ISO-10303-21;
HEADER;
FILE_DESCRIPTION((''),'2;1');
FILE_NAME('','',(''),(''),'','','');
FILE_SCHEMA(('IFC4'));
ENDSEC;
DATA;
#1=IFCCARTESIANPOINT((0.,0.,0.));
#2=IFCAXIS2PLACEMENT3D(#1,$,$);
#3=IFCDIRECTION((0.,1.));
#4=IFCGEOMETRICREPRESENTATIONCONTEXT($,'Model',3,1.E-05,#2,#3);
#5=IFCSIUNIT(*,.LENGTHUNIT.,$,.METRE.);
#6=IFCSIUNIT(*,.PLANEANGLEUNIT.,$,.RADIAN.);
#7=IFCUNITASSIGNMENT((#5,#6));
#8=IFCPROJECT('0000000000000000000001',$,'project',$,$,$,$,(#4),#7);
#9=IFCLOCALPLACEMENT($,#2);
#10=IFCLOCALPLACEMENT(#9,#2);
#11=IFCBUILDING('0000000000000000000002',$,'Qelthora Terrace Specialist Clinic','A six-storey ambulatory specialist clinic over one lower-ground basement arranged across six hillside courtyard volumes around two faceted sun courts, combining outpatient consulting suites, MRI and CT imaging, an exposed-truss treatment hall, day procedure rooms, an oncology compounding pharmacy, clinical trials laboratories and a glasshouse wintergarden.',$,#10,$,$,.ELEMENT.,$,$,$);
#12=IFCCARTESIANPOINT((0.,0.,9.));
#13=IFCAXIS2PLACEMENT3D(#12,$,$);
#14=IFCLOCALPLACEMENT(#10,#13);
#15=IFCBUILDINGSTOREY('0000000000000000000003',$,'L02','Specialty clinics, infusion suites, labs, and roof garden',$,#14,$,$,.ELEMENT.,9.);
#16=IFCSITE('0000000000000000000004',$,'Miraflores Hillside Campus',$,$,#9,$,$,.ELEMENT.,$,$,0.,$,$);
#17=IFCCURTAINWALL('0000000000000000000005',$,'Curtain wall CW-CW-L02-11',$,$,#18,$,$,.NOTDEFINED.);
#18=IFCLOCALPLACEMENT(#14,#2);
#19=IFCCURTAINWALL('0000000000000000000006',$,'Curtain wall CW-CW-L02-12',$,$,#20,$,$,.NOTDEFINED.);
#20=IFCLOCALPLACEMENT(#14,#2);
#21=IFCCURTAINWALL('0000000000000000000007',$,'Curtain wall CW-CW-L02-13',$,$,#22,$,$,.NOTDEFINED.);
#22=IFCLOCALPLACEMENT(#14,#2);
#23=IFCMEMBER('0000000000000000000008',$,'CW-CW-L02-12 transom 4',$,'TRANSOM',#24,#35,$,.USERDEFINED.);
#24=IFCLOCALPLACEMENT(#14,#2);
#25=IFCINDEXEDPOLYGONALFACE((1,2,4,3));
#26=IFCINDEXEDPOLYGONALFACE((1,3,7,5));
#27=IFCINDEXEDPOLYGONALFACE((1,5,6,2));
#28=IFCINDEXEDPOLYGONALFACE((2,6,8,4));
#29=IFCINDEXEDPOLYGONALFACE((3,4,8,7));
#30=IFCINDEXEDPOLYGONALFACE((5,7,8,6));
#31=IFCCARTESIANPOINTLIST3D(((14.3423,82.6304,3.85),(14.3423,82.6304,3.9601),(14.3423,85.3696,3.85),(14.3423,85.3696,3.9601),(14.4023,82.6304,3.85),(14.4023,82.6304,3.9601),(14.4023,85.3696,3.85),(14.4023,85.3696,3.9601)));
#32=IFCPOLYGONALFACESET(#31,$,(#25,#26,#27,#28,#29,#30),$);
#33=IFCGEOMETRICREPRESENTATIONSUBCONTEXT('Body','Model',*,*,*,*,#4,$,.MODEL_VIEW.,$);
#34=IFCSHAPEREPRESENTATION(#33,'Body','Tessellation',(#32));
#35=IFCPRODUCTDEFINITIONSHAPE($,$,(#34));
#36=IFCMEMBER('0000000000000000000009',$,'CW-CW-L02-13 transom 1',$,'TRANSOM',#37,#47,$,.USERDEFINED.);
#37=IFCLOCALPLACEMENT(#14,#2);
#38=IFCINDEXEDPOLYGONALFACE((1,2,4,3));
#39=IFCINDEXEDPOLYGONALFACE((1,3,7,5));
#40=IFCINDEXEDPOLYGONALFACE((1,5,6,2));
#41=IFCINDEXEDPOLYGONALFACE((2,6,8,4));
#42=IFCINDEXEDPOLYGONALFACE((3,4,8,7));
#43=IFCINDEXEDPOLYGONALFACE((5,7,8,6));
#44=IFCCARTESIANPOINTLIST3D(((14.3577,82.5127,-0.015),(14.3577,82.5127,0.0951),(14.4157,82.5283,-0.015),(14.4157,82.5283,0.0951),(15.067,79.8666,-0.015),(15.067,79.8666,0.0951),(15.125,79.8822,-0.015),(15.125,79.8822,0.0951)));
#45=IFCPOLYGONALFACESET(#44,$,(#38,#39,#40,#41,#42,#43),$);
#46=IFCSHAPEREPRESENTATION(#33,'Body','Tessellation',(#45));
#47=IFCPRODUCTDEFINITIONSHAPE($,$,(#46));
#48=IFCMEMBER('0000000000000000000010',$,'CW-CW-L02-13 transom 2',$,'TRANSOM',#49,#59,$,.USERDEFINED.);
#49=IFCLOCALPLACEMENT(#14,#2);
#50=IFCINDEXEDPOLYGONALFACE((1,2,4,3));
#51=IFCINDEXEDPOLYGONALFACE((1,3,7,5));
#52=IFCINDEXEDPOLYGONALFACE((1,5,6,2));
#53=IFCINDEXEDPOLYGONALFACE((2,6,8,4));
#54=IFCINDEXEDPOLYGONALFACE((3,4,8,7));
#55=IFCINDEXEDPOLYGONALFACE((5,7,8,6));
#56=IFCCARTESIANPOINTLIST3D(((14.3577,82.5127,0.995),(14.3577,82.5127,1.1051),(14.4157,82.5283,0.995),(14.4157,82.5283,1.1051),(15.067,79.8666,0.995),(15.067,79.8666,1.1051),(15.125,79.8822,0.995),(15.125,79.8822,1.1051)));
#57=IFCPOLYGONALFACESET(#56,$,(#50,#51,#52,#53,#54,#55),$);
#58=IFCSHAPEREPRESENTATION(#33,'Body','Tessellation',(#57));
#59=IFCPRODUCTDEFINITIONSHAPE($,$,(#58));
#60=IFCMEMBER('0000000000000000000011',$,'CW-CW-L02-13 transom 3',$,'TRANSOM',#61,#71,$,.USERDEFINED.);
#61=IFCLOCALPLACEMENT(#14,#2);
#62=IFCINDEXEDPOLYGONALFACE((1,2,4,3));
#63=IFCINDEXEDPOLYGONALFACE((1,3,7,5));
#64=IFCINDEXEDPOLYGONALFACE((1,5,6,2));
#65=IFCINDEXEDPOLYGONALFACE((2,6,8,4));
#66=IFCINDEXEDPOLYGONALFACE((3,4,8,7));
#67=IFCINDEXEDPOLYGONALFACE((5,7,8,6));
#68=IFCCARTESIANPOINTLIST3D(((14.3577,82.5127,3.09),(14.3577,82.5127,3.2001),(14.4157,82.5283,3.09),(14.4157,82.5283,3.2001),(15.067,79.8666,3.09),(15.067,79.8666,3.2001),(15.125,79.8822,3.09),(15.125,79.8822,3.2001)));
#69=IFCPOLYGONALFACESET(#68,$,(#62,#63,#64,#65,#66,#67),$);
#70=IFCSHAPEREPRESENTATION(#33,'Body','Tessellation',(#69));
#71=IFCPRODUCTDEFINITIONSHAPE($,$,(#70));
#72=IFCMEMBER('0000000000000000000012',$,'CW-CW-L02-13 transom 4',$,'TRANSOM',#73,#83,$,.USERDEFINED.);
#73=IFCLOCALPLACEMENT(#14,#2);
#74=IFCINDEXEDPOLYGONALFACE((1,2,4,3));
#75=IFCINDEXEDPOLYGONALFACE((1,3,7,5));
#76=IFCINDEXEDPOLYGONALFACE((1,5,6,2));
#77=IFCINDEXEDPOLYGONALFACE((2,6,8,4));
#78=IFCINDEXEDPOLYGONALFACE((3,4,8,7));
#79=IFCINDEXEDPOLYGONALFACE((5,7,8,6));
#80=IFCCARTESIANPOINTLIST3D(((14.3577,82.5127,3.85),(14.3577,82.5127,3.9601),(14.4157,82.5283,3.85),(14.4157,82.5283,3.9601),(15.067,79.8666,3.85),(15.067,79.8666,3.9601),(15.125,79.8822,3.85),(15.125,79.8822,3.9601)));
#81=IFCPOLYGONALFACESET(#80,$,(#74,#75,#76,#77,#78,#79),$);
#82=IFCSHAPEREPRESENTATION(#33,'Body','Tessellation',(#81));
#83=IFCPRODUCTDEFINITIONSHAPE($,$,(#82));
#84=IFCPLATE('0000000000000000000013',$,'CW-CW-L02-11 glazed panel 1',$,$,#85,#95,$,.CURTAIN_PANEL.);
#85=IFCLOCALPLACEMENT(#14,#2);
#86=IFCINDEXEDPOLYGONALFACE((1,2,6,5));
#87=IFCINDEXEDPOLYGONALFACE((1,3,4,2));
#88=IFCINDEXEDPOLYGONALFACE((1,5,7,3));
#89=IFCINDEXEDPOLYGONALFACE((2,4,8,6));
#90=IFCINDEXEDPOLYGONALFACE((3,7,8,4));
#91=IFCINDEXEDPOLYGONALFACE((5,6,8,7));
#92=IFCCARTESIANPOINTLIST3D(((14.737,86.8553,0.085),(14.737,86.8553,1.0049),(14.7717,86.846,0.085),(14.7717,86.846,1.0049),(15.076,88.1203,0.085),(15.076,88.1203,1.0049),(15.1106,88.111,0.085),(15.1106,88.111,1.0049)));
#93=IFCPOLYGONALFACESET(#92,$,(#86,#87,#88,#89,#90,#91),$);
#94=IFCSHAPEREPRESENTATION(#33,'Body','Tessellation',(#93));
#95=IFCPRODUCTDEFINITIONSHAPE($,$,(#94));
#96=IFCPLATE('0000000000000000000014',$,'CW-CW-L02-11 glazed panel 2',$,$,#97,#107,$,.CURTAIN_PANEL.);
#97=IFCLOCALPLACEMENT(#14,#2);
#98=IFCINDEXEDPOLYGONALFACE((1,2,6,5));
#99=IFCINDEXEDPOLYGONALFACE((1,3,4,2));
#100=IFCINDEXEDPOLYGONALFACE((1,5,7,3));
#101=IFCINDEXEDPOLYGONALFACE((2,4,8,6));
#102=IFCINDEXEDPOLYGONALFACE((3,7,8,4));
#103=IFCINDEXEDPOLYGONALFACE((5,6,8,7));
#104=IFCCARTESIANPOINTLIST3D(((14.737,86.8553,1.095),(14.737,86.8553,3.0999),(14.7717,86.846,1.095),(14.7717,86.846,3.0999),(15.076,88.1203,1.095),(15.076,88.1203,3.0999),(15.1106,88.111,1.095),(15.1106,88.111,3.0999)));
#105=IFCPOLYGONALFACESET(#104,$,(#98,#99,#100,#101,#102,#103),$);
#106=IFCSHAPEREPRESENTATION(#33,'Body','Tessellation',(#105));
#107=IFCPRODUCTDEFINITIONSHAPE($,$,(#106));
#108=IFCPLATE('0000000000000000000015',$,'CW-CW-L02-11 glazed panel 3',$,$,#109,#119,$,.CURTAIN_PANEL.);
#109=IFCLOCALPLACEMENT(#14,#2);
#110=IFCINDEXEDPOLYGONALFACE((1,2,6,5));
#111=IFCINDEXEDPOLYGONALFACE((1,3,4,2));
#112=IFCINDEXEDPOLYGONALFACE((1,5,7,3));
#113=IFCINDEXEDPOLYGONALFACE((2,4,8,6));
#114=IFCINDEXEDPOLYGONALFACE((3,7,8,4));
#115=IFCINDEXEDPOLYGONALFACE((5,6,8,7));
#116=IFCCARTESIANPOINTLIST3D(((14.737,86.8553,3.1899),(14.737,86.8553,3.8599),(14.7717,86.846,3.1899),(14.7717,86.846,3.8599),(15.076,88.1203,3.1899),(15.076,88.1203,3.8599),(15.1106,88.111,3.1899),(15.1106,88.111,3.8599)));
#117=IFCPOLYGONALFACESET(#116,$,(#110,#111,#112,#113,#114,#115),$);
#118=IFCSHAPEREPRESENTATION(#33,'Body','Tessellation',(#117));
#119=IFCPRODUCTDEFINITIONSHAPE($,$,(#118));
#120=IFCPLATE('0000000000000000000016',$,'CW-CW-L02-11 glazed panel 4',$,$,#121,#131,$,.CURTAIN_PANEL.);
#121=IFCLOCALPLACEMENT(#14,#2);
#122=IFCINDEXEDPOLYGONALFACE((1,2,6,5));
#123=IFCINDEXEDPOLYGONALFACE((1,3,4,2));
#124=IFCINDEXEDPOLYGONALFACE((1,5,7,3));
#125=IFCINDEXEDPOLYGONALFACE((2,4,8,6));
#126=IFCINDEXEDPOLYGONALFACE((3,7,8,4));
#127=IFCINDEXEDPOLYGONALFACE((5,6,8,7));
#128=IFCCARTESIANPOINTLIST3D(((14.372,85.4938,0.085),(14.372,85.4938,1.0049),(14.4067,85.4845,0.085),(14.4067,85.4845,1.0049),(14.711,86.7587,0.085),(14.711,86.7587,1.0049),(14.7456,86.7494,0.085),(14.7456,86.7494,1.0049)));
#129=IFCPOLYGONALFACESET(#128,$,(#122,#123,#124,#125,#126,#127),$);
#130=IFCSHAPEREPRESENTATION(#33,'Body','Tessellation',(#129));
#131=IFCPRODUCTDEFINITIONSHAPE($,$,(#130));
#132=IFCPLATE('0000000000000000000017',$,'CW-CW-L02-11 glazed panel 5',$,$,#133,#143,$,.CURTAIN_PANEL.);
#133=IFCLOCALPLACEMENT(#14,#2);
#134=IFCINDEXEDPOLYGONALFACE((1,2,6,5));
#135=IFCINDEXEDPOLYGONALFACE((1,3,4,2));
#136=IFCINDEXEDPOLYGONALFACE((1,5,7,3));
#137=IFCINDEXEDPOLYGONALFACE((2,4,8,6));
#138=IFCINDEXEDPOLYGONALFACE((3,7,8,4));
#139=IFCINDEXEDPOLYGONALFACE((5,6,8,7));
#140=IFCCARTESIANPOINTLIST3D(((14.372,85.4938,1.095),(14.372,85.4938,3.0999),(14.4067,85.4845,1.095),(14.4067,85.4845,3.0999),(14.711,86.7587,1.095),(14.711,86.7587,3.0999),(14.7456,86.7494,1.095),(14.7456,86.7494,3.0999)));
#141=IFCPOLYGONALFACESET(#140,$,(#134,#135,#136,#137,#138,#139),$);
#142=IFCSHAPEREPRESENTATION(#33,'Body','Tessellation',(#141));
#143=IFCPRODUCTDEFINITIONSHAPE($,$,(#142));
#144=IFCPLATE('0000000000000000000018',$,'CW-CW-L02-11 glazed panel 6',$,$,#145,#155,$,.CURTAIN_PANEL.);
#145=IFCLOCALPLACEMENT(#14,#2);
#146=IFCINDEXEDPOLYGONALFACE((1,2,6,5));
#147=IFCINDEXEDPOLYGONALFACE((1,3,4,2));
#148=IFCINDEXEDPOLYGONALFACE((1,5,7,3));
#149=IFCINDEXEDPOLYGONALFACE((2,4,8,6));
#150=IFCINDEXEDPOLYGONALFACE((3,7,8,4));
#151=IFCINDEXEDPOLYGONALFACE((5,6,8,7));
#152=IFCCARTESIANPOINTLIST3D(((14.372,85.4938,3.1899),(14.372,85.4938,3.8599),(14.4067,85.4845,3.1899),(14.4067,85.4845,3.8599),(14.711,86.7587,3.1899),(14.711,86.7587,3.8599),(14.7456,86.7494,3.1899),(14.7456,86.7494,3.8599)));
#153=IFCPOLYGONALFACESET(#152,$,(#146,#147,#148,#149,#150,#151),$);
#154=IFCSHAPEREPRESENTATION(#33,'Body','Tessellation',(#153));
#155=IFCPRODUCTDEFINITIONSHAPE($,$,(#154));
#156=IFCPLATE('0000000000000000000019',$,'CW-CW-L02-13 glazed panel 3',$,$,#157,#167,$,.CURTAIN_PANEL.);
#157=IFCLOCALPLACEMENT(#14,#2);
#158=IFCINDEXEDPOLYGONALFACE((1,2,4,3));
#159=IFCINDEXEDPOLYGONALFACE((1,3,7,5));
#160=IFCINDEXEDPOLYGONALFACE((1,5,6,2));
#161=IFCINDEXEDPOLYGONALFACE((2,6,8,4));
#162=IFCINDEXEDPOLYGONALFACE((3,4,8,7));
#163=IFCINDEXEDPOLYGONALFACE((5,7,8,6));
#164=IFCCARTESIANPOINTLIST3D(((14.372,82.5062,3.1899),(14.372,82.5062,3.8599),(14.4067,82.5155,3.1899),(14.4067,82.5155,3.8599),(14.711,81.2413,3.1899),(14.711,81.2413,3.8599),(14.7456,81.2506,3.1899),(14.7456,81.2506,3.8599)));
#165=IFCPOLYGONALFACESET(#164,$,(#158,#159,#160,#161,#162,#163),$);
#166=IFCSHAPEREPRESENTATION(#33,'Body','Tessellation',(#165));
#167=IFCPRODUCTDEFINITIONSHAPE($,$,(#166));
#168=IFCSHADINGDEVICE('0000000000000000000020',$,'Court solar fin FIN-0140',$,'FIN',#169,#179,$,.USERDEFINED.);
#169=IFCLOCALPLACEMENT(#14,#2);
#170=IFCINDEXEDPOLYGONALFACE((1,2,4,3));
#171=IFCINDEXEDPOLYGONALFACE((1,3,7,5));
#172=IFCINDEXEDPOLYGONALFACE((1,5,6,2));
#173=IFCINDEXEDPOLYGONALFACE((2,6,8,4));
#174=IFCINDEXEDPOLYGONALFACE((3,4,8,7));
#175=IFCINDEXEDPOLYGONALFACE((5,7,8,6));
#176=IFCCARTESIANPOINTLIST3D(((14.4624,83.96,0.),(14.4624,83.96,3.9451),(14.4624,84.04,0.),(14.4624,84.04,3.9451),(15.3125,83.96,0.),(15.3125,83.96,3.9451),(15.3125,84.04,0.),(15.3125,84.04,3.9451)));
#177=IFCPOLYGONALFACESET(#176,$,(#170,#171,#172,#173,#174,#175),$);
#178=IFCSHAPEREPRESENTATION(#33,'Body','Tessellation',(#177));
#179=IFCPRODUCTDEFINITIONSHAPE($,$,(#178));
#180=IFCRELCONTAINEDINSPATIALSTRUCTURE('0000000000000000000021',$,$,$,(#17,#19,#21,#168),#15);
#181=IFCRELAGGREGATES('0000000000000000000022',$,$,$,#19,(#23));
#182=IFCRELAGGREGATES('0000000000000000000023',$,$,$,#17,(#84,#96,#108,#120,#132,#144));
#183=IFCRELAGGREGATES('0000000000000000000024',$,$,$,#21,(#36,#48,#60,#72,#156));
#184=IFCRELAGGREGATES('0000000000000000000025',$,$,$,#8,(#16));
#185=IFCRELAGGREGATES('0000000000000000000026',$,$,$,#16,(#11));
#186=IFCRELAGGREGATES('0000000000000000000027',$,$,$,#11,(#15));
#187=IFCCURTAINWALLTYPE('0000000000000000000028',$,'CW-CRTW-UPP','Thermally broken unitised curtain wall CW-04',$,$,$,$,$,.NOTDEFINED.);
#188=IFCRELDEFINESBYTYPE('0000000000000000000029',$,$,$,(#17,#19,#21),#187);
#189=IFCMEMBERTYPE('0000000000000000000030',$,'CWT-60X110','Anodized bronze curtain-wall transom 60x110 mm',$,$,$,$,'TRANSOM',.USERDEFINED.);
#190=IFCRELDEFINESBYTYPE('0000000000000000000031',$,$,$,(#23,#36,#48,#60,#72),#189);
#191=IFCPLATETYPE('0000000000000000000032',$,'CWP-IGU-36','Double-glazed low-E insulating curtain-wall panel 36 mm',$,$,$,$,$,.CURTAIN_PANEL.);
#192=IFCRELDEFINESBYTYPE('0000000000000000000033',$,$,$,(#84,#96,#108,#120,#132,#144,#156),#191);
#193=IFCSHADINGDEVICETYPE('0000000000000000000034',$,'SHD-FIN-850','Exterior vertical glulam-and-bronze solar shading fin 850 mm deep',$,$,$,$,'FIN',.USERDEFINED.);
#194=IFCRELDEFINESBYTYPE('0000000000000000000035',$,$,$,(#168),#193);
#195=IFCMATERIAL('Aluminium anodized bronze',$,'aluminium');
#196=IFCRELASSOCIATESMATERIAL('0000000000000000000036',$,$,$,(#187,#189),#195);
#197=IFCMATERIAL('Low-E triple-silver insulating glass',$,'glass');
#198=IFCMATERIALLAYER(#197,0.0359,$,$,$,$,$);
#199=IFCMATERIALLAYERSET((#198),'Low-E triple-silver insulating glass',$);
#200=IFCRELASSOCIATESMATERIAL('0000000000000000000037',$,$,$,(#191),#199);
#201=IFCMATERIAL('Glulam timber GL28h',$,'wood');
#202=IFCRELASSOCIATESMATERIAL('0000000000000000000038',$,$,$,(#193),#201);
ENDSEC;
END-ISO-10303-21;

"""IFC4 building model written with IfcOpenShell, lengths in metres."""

from ifc_helpers import new_model, si_unit, direction, frame, origin, origin_2d, place, context, subcontext, project, spatial, rectangle, extrude, material, layer, layer_set, material_profile, profile_set, type_object, element, aggregate, save


model = new_model("IFC4")

# Units and contexts
model_context = context("Model", 3, precision=1e-05, world=origin(), true_north=direction((0.0, 1.0)))
body_context = subcontext(model_context, "Body", "Model", "MODEL_VIEW")
ifc_project = project(units=[si_unit("LENGTHUNIT", "METRE"), si_unit("PLANEANGLEUNIT", "RADIAN")], contexts=[model_context])

# Site, building, storey
site_placement = place(None, origin())
site = spatial("IfcSite", under=ifc_project, at=site_placement, Name="Miraflores Hillside Campus", CompositionType="ELEMENT", RefElevation=0.0)
building_placement = place(site_placement, origin())
building = spatial("IfcBuilding", under=site, at=building_placement, Name="Qelthora Terrace Specialist Clinic", Description="A six-storey ambulatory specialist clinic over one lower-ground basement arranged across six hillside courtyard volumes around two faceted sun courts, combining outpatient consulting suites, MRI and CT imaging, an exposed-truss treatment hall, day procedure rooms, an oncology compounding pharmacy, clinical trials laboratories and a glasshouse wintergarden.", CompositionType="ELEMENT")
storey_placement = place(building_placement, frame((0.0, 0.0, 9.0)))
storey = spatial("IfcBuildingStorey", under=building, at=storey_placement, Name="L02", Description="Specialty clinics, infusion suites, labs, and roof garden", CompositionType="ELEMENT", Elevation=9.0)

# Curtain wall
ifc_material_1 = material(Name="Aluminium anodized bronze", Category="aluminium")
curtain_wall_type = type_object("IfcCurtainWallType", Name="CW-CRTW-UPP", Description="Thermally broken unitised curtain wall CW-04", PredefinedType="NOTDEFINED", material=ifc_material_1)
curtain_wall_1_placement = place(storey_placement, origin())
curtain_wall_1 = element("IfcCurtainWall", 1, at=curtain_wall_1_placement, inside=storey, type_object=curtain_wall_type, Name="Curtain wall CW-CW-L02-11", PredefinedType="NOTDEFINED")

# Curtain walls
curtain_wall_2_placement = place(storey_placement, origin())
curtain_wall_2 = element("IfcCurtainWall", 2, at=curtain_wall_2_placement, inside=storey, type_object=curtain_wall_type, Name="Curtain wall CW-CW-L02-12", PredefinedType="NOTDEFINED")
curtain_wall_3_placement = place(storey_placement, origin())
curtain_wall_3 = element("IfcCurtainWall", 3, at=curtain_wall_3_placement, inside=storey, type_object=curtain_wall_type, Name="Curtain wall CW-CW-L02-13", PredefinedType="NOTDEFINED")

# Members
ifc_material_profile_1 = material_profile(ifc_material_1, rectangle(XDim=0.0601, YDim=0.1101, at=origin_2d()), Name="CWT60X110")
ifc_profile_set_1 = profile_set([ifc_material_profile_1], Name="Aluminium anodized bronze")
member_type_1 = type_object("IfcMemberType", Name="CWT-60X110", Description="Anodized bronze curtain-wall transom 60x110 mm", ElementType="TRANSOM", PredefinedType="USERDEFINED", material=ifc_profile_set_1)
member_1_placement = place(storey_placement, frame((14.3723, 85.3696, 3.905), z_axis=(0.0, -1.0, 0.0), x_axis=(1.0, 0.0, 0.0)))
member_1 = element("IfcMember", 4, at=member_1_placement, type_object=member_type_1, Name="CW-CW-L02-12 transom 4", ObjectType="TRANSOM", PredefinedType="USERDEFINED", context=body_context, shape_type="SweptSolid", body=[
    extrude(rectangle(XDim=0.0601, YDim=0.1101, at=origin_2d()), origin(), (0.0, 0.0, 1.0), 2.7393),
])
aggregate(curtain_wall_2, [member_1])
member_2_placement = place(storey_placement, frame((14.3867, 82.5205, 0.04), z_axis=(0.258899, -0.965904, 0.0), x_axis=(0.965904, 0.258899, 0.0)))
member_2 = element("IfcMember", 5, at=member_2_placement, type_object=member_type_1, Name="CW-CW-L02-13 transom 1", ObjectType="TRANSOM", PredefinedType="USERDEFINED", context=body_context, shape_type="SweptSolid", body=[
    extrude(rectangle(XDim=0.0601, YDim=0.1101, at=origin_2d()), origin(), (0.0, 0.0, 1.0), 2.7395),
])
member_3_placement = place(storey_placement, frame((14.3867, 82.5205, 1.05), z_axis=(0.258899, -0.965904, 0.0), x_axis=(0.965904, 0.258899, 0.0)))
member_3 = element("IfcMember", 6, at=member_3_placement, type_object=member_type_1, Name="CW-CW-L02-13 transom 2", ObjectType="TRANSOM", PredefinedType="USERDEFINED", context=body_context, shape_type="SweptSolid", body=[
    extrude(rectangle(XDim=0.0601, YDim=0.1101, at=origin_2d()), origin(), (0.0, 0.0, 1.0), 2.7395),
])
member_4_placement = place(storey_placement, frame((14.3867, 82.5205, 3.145), z_axis=(0.258899, -0.965904, 0.0), x_axis=(0.965904, 0.258899, 0.0)))
member_4 = element("IfcMember", 7, at=member_4_placement, type_object=member_type_1, Name="CW-CW-L02-13 transom 3", ObjectType="TRANSOM", PredefinedType="USERDEFINED", context=body_context, shape_type="SweptSolid", body=[
    extrude(rectangle(XDim=0.0601, YDim=0.1101, at=origin_2d()), origin(), (0.0, 0.0, 1.0), 2.7395),
])
member_5_placement = place(storey_placement, frame((14.3867, 82.5205, 3.905), z_axis=(0.258899, -0.965904, 0.0), x_axis=(0.965904, 0.258899, 0.0)))
member_5 = element("IfcMember", 8, at=member_5_placement, type_object=member_type_1, Name="CW-CW-L02-13 transom 4", ObjectType="TRANSOM", PredefinedType="USERDEFINED", context=body_context, shape_type="SweptSolid", body=[
    extrude(rectangle(XDim=0.0601, YDim=0.1101, at=origin_2d()), origin(), (0.0, 0.0, 1.0), 2.7395),
])

# Plates
ifc_material_2 = material(Name="Low-E triple-silver insulating glass", Category="glass")
ifc_layer = layer(ifc_material_2, 0.0359)
ifc_layer_set = layer_set([ifc_layer], Name="Low-E triple-silver insulating glass")
plate_type = type_object("IfcPlateType", Name="CWP-IGU-36", Description="Double-glazed low-E insulating curtain-wall panel 36 mm", PredefinedType="CURTAIN_PANEL", material=ifc_layer_set)
plate_1_placement = place(storey_placement, frame((14.9238, 87.4832, 0.085), z_axis=(0.0, 0.0, 1.0), x_axis=(-0.258821, -0.965925, 0.0)))
plate_1 = element("IfcPlate", 9, at=plate_1_placement, type_object=plate_type, Name="CW-CW-L02-11 glazed panel 1", PredefinedType="CURTAIN_PANEL", context=body_context, shape_type="SweptSolid", body=[
    extrude(rectangle(XDim=1.3096, YDim=0.0359, at=origin_2d()), origin(), (0.0, 0.0, 1.0), 0.9199),
])
plate_2_placement = place(storey_placement, frame((14.9238, 87.4832, 1.095), z_axis=(0.0, 0.0, 1.0), x_axis=(-0.258821, -0.965925, 0.0)))
plate_2 = element("IfcPlate", 10, at=plate_2_placement, type_object=plate_type, Name="CW-CW-L02-11 glazed panel 2", PredefinedType="CURTAIN_PANEL", context=body_context, shape_type="SweptSolid", body=[
    extrude(rectangle(XDim=1.3096, YDim=0.0359, at=origin_2d()), origin(), (0.0, 0.0, 1.0), 2.0049),
])
plate_3_placement = place(storey_placement, frame((14.9238, 87.4832, 3.1899), z_axis=(0.0, 0.0, 1.0), x_axis=(-0.258821, -0.965925, 0.0)))
plate_3 = element("IfcPlate", 11, at=plate_3_placement, type_object=plate_type, Name="CW-CW-L02-11 glazed panel 3", PredefinedType="CURTAIN_PANEL", context=body_context, shape_type="SweptSolid", body=[
    extrude(rectangle(XDim=1.3096, YDim=0.0359, at=origin_2d()), origin(), (0.0, 0.0, 1.0), 0.6699),
])
plate_4_placement = place(storey_placement, frame((14.5588, 86.1216, 0.085), z_axis=(0.0, 0.0, 1.0), x_axis=(-0.258821, -0.965925, 0.0)))
plate_4 = element("IfcPlate", 12, at=plate_4_placement, type_object=plate_type, Name="CW-CW-L02-11 glazed panel 4", PredefinedType="CURTAIN_PANEL", context=body_context, shape_type="SweptSolid", body=[
    extrude(rectangle(XDim=1.3096, YDim=0.0359, at=origin_2d()), origin(), (0.0, 0.0, 1.0), 0.9199),
])
plate_5_placement = place(storey_placement, frame((14.5588, 86.1216, 1.095), z_axis=(0.0, 0.0, 1.0), x_axis=(-0.258821, -0.965925, 0.0)))
plate_5 = element("IfcPlate", 13, at=plate_5_placement, type_object=plate_type, Name="CW-CW-L02-11 glazed panel 5", PredefinedType="CURTAIN_PANEL", context=body_context, shape_type="SweptSolid", body=[
    extrude(rectangle(XDim=1.3096, YDim=0.0359, at=origin_2d()), origin(), (0.0, 0.0, 1.0), 2.0049),
])
plate_6_placement = place(storey_placement, frame((14.5588, 86.1216, 3.1899), z_axis=(0.0, 0.0, 1.0), x_axis=(-0.258821, -0.965925, 0.0)))
plate_6 = element("IfcPlate", 14, at=plate_6_placement, type_object=plate_type, Name="CW-CW-L02-11 glazed panel 6", PredefinedType="CURTAIN_PANEL", context=body_context, shape_type="SweptSolid", body=[
    extrude(rectangle(XDim=1.3096, YDim=0.0359, at=origin_2d()), origin(), (0.0, 0.0, 1.0), 0.6699),
])
aggregate(curtain_wall_1, [plate_1, plate_2, plate_3, plate_4, plate_5, plate_6])
plate_7_placement = place(storey_placement, frame((14.5588, 81.8784, 3.1899), z_axis=(0.0, 0.0, 1.0), x_axis=(0.258821, -0.965925, 0.0)))
plate_7 = element("IfcPlate", 15, at=plate_7_placement, type_object=plate_type, Name="CW-CW-L02-13 glazed panel 3", PredefinedType="CURTAIN_PANEL", context=body_context, shape_type="SweptSolid", body=[
    extrude(rectangle(XDim=1.3096, YDim=0.0359, at=origin_2d()), origin(), (0.0, 0.0, 1.0), 0.6699),
])
aggregate(curtain_wall_3, [member_2, member_3, member_4, member_5, plate_7])

# Shading device
ifc_material_3 = material(Name="Glulam timber GL28h", Category="wood")
shading_device_type = type_object("IfcShadingDeviceType", Name="SHD-FIN-850", Description="Exterior vertical glulam-and-bronze solar shading fin 850 mm deep", ElementType="FIN", PredefinedType="USERDEFINED", material=ifc_material_3)
shading_device_placement = place(storey_placement, frame((14.8875, 84.0, 0.0), z_axis=(0.0, 0.0, 1.0), x_axis=(1.0, 0.0, 0.0)))
element("IfcShadingDevice", 16, at=shading_device_placement, inside=storey, type_object=shading_device_type, Name="Court solar fin FIN-0140", ObjectType="FIN", PredefinedType="USERDEFINED", context=body_context, shape_type="SweptSolid", body=[
    extrude(rectangle(XDim=0.8501, YDim=0.0801, at=origin_2d()), origin(), (0.0, 0.0, 1.0), 3.9451),
])

save(model, "model.ifc")
